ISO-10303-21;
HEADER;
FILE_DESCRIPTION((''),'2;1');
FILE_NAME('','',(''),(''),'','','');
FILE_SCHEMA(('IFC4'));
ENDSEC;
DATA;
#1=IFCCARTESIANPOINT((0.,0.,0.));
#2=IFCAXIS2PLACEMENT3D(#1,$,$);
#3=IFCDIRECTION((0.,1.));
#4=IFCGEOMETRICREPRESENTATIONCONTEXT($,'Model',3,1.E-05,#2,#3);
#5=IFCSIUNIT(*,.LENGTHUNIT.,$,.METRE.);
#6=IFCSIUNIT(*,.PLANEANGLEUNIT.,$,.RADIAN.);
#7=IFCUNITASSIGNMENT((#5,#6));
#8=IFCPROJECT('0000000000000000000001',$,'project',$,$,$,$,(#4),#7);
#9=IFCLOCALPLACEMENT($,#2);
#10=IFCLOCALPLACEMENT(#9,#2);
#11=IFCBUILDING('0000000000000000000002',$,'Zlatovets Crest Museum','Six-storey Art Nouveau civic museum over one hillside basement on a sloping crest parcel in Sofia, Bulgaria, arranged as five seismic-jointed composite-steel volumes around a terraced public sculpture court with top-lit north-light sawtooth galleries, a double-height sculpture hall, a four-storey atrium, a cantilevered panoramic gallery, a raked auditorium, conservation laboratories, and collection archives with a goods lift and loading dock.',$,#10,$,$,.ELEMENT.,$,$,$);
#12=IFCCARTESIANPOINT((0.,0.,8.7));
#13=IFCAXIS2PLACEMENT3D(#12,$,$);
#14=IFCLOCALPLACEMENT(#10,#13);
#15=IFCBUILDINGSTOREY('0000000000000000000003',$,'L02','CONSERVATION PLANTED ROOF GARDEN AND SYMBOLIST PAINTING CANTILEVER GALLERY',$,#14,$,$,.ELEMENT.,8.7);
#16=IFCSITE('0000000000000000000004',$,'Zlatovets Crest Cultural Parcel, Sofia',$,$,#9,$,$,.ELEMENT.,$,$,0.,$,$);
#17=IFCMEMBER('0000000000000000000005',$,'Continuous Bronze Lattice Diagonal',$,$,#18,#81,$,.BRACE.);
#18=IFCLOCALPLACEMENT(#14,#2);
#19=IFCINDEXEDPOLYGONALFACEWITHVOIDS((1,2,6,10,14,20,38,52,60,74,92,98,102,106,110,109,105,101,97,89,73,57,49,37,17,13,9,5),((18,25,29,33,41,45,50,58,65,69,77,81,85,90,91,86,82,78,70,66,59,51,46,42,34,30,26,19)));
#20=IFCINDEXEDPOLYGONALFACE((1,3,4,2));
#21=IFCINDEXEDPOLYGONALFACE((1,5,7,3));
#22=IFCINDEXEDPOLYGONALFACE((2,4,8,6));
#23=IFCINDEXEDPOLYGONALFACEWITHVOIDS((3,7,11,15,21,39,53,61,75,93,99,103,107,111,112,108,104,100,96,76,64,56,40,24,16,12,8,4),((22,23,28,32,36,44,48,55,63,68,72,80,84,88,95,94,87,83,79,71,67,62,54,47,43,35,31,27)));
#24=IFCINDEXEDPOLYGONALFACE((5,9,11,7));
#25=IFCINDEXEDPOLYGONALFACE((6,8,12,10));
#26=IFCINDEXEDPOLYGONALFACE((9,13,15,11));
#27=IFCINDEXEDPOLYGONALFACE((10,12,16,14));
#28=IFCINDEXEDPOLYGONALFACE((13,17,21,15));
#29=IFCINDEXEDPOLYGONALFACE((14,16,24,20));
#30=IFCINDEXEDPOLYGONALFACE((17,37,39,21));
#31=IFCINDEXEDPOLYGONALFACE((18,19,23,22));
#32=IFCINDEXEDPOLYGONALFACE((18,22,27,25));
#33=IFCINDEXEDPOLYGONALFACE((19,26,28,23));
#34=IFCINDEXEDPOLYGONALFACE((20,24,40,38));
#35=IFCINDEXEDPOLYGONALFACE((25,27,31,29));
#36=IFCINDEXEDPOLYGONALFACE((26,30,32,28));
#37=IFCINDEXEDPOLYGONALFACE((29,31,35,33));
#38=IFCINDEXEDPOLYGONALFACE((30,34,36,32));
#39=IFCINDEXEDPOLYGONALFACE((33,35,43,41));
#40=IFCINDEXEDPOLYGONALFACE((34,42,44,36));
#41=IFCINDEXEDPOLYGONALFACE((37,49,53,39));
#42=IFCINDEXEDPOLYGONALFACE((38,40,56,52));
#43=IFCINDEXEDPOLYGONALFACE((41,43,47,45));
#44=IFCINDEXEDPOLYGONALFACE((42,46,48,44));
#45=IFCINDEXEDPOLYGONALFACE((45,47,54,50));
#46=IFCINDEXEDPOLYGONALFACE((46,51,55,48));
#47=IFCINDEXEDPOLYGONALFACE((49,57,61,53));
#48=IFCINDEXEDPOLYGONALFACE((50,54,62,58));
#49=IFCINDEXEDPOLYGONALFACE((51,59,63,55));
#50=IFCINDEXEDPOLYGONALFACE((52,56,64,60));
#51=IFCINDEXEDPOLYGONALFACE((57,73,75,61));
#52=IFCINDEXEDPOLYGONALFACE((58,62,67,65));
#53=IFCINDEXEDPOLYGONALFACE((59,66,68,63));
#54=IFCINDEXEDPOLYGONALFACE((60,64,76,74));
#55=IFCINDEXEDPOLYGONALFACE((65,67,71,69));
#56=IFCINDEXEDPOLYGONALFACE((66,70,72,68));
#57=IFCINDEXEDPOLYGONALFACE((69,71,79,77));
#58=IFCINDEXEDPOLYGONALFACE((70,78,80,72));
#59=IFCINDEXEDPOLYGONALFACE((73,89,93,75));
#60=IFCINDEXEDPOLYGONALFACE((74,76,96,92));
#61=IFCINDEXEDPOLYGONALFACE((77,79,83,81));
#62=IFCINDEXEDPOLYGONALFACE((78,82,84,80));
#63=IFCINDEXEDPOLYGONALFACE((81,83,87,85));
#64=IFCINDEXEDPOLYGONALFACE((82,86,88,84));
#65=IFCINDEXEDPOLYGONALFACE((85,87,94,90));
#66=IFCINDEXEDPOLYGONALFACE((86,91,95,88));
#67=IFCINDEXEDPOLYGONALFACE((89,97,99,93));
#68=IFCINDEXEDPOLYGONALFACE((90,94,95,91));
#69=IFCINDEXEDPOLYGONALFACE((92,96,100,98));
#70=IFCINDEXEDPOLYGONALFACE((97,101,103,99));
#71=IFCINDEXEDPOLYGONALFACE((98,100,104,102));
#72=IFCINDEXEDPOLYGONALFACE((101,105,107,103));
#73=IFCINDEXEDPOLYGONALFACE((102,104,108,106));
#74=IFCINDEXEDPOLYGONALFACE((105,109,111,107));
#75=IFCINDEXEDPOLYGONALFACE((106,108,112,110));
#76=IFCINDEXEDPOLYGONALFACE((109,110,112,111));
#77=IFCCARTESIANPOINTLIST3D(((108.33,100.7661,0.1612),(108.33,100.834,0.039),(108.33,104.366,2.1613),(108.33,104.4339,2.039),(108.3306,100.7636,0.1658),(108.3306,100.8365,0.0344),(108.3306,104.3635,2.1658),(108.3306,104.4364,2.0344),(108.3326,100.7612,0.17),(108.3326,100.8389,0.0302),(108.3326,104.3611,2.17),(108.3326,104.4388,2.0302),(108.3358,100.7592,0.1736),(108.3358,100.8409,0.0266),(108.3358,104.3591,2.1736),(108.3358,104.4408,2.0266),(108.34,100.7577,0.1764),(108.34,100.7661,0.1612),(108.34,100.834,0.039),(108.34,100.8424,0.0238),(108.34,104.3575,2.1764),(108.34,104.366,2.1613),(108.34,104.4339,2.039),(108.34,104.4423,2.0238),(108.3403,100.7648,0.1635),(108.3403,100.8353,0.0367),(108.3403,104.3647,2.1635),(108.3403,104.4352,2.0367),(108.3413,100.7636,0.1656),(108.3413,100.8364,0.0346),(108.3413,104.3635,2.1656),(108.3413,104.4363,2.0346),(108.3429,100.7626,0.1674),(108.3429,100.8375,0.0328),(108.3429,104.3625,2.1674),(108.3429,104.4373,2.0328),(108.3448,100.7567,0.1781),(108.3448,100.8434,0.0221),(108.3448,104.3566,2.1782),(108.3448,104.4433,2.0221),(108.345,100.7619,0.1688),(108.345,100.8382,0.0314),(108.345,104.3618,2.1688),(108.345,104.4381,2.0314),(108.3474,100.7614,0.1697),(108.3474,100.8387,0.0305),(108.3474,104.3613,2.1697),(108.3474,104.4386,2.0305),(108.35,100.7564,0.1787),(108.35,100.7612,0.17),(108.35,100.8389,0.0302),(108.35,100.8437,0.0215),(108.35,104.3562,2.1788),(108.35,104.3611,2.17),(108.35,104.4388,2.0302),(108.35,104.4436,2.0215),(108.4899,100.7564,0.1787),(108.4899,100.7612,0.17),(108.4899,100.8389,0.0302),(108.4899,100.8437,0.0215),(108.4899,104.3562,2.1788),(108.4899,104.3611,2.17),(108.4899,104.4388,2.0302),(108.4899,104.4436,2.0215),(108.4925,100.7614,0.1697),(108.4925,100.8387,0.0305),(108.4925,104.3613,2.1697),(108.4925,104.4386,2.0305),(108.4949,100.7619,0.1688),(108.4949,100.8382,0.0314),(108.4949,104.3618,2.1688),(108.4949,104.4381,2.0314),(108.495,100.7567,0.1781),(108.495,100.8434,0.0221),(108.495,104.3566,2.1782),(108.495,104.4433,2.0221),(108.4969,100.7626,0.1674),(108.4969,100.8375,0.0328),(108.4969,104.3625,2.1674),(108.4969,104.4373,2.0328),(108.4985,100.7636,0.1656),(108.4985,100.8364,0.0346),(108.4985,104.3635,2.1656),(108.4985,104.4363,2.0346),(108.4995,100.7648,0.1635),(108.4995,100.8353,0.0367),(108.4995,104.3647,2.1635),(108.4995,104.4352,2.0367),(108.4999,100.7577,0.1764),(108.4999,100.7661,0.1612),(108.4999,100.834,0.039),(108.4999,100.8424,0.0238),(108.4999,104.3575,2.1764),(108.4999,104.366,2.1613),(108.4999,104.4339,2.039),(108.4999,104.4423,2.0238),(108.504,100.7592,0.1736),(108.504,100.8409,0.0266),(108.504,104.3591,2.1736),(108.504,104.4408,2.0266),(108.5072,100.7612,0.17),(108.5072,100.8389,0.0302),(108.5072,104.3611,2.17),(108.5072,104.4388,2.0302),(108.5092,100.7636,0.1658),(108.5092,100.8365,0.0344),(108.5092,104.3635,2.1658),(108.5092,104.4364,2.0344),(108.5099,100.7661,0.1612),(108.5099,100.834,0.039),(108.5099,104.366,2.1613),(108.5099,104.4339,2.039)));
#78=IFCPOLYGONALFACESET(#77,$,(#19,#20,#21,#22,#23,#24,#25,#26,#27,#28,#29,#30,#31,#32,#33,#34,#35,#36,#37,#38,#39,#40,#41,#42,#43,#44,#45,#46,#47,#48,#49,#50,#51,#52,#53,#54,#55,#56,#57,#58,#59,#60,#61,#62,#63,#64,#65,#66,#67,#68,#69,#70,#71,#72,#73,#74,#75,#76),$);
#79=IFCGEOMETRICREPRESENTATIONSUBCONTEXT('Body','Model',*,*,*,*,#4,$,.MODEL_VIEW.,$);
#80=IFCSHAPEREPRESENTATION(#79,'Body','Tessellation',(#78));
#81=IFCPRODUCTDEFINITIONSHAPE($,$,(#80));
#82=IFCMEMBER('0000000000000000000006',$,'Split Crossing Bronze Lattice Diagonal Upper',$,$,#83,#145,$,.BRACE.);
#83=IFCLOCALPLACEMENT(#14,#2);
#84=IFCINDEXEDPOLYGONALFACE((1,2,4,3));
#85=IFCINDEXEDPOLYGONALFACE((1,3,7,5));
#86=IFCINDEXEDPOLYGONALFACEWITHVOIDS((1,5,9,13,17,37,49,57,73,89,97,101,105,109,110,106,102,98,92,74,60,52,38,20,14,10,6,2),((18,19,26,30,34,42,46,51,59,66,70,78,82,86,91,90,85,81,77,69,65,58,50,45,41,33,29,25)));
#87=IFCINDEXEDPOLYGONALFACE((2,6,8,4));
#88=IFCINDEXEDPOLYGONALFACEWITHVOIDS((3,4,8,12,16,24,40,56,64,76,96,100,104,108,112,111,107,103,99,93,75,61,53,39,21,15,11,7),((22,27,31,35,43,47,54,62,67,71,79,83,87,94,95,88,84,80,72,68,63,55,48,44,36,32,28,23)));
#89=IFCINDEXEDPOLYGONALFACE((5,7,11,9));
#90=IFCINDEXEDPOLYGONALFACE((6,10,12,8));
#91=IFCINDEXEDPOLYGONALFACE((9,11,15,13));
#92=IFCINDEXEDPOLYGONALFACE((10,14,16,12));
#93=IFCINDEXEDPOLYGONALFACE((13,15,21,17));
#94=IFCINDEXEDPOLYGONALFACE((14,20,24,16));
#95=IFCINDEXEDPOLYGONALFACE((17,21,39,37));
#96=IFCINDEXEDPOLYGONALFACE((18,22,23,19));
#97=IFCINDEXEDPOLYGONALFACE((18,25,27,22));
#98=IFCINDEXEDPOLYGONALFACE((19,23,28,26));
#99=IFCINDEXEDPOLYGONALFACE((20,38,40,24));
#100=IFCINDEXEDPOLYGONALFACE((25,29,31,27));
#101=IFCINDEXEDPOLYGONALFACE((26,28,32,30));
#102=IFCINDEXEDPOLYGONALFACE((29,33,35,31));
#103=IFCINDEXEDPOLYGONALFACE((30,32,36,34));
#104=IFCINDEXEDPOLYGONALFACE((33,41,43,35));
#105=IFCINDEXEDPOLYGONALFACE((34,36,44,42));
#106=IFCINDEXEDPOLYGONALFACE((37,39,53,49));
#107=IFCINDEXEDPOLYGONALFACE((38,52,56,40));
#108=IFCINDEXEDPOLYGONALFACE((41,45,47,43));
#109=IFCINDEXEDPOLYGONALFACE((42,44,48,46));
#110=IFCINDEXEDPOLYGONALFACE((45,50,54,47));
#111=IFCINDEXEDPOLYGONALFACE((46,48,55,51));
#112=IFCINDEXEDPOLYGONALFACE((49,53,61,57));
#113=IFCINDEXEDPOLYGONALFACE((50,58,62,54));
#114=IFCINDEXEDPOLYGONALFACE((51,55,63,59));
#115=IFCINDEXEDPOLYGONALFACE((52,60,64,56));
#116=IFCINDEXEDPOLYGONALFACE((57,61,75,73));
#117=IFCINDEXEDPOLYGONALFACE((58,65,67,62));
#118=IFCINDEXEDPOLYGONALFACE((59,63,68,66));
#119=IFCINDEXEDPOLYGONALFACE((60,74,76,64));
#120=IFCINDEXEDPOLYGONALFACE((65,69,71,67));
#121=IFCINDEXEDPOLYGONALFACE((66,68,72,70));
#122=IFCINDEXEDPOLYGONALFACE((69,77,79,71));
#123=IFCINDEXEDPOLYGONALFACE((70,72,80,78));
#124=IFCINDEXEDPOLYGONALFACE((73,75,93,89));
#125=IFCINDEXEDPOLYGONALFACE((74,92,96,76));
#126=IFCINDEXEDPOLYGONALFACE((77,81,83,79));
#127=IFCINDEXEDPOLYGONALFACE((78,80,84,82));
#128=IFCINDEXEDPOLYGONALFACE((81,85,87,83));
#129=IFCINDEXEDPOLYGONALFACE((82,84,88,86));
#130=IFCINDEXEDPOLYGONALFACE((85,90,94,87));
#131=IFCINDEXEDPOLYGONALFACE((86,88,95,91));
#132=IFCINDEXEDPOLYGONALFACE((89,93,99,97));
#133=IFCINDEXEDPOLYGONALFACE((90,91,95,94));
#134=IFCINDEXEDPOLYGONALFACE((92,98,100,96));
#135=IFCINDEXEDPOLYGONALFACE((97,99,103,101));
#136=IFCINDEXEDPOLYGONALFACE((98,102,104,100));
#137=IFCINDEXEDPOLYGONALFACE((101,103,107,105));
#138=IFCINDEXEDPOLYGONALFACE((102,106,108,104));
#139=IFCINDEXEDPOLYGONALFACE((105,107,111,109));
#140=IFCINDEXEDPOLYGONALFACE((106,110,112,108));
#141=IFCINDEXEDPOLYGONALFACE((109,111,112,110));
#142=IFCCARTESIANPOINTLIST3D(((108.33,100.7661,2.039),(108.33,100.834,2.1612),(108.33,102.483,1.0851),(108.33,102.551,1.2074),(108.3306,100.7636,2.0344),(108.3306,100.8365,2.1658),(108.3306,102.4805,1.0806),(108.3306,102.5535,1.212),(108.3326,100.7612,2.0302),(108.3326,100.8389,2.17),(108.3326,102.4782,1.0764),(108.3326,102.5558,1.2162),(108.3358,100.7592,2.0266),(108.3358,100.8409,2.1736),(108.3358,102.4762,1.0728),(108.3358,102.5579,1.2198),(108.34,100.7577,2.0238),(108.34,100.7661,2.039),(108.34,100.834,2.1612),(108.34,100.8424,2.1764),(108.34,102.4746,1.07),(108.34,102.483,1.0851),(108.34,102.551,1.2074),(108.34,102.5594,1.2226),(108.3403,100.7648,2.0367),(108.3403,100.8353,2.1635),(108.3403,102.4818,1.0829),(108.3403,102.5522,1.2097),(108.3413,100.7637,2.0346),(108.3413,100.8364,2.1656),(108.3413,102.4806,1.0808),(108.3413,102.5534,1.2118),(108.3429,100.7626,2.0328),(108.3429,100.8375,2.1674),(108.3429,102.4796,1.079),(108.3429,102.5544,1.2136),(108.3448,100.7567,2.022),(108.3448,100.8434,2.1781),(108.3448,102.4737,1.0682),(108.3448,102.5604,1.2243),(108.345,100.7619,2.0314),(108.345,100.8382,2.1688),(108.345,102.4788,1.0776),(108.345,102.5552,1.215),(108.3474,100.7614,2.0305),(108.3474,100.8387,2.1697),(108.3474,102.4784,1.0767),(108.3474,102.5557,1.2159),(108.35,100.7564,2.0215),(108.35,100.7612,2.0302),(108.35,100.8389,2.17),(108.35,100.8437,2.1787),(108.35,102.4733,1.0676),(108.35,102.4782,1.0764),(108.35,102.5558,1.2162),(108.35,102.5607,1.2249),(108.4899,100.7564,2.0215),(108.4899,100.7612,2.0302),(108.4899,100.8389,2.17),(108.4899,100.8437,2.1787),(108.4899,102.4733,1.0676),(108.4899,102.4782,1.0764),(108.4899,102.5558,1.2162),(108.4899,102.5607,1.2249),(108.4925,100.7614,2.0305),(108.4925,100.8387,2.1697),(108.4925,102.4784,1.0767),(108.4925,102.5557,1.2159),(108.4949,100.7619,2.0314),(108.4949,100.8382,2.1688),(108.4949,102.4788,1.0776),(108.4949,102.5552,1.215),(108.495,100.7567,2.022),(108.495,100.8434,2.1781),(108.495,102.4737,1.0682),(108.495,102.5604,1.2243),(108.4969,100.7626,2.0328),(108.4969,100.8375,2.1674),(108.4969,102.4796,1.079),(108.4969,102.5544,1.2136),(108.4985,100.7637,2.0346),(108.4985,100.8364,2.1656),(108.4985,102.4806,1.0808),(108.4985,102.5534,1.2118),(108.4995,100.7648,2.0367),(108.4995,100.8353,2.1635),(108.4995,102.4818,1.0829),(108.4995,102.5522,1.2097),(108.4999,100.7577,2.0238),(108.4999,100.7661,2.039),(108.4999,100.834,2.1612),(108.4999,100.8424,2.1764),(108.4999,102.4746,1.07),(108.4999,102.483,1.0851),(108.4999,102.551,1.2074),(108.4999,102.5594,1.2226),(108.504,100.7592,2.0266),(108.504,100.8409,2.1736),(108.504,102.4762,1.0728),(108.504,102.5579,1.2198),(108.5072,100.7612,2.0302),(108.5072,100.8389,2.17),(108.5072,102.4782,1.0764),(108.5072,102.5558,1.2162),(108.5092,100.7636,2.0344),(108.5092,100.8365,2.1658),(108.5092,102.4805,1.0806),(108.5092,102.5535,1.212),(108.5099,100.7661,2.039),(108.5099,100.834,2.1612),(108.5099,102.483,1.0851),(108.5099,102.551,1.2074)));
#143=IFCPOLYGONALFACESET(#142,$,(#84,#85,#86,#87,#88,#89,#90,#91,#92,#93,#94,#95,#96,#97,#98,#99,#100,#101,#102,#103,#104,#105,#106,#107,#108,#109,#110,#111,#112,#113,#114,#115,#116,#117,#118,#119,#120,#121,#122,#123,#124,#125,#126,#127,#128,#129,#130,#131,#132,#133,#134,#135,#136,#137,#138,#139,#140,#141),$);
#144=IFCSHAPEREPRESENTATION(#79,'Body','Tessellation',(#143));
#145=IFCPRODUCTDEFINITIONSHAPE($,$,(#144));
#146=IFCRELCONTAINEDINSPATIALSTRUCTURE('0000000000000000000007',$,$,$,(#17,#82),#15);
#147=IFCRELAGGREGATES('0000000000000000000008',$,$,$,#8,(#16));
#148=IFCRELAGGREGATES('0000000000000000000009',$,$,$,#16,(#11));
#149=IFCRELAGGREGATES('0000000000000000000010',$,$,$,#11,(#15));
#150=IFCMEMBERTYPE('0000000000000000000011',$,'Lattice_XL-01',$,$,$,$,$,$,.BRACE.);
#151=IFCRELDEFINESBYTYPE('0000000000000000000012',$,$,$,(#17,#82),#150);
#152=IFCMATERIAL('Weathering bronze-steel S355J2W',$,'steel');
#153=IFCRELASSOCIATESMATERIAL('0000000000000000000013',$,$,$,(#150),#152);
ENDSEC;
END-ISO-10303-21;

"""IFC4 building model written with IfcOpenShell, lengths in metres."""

from ifc_helpers import new_model, si_unit, direction, frame, origin, origin_2d, place, context, subcontext, project, spatial, hollow_rectangle, extrude, material, material_profile, profile_set, type_object, element, save


model = new_model("IFC4")

# Units and contexts
model_context = context("Model", 3, precision=1e-05, world=origin(), true_north=direction((0.0, 1.0)))
body_context = subcontext(model_context, "Body", "Model", "MODEL_VIEW")
ifc_project = project(units=[si_unit("LENGTHUNIT", "METRE"), si_unit("PLANEANGLEUNIT", "RADIAN")], contexts=[model_context])

# Site, building, storey
site_placement = place(None, origin())
site = spatial("IfcSite", under=ifc_project, at=site_placement, Name="Zlatovets Crest Cultural Parcel, Sofia", CompositionType="ELEMENT", RefElevation=0.0)
building_placement = place(site_placement, origin())
building = spatial("IfcBuilding", under=site, at=building_placement, Name="Zlatovets Crest Museum", Description="Six-storey Art Nouveau civic museum over one hillside basement on a sloping crest parcel in Sofia, Bulgaria, arranged as five seismic-jointed composite-steel volumes around a terraced public sculpture court with top-lit north-light sawtooth galleries, a double-height sculpture hall, a four-storey atrium, a cantilevered panoramic gallery, a raked auditorium, conservation laboratories, and collection archives with a goods lift and loading dock.", CompositionType="ELEMENT")
storey_placement = place(building_placement, frame((0.0, 0.0, 8.7)))
storey = spatial("IfcBuildingStorey", under=building, at=storey_placement, Name="L02", Description="CONSERVATION PLANTED ROOF GARDEN AND SYMBOLIST PAINTING CANTILEVER GALLERY", CompositionType="ELEMENT", Elevation=8.7)

# Members
ifc_material_1 = material(Name="Weathering bronze-steel S355J2W", Category="steel")
ifc_material_profile_1 = material_profile(ifc_material_1, hollow_rectangle(XDim=0.1799, YDim=0.1799, WallThickness=0.01, InnerFilletRadius=0.01, OuterFilletRadius=0.02, at=origin_2d()), Name="SHS 180x180x10.0")
ifc_profile_set_1 = profile_set([ifc_material_profile_1], Name="Weathering bronze-steel S355J2W")
member_type_1 = type_object("IfcMemberType", Name="Lattice_XL-01", PredefinedType="BRACE", material=ifc_profile_set_1)
member_1_placement = place(storey_placement, frame((108.4199, 100.8, 0.1001), z_axis=(0.0, 0.874149, 0.485658), x_axis=(-1.0, 0.0, 0.0)))
element("IfcMember", 1, at=member_1_placement, inside=storey, type_object=member_type_1, Name="Continuous Bronze Lattice Diagonal", PredefinedType="BRACE", context=body_context, shape_type="SweptSolid", body=[
    extrude(hollow_rectangle(XDim=0.1799, YDim=0.1799, WallThickness=0.01, InnerFilletRadius=0.01, OuterFilletRadius=0.02, at=origin_2d()), origin(), (0.0, 0.0, 1.0), 4.1182),
])
member_2_placement = place(storey_placement, frame((108.4199, 100.8, 2.1001), z_axis=(0.0, 0.874169, -0.485622), x_axis=(-1.0, 0.0, 0.0)))
element("IfcMember", 2, at=member_2_placement, inside=storey, type_object=member_type_1, Name="Split Crossing Bronze Lattice Diagonal Upper", PredefinedType="BRACE", context=body_context, shape_type="SweptSolid", body=[
    extrude(hollow_rectangle(XDim=0.1799, YDim=0.1799, WallThickness=0.01, InnerFilletRadius=0.01, OuterFilletRadius=0.02, at=origin_2d()), origin(), (0.0, 0.0, 1.0), 1.9641),
])

save(model, "model.ifc")
